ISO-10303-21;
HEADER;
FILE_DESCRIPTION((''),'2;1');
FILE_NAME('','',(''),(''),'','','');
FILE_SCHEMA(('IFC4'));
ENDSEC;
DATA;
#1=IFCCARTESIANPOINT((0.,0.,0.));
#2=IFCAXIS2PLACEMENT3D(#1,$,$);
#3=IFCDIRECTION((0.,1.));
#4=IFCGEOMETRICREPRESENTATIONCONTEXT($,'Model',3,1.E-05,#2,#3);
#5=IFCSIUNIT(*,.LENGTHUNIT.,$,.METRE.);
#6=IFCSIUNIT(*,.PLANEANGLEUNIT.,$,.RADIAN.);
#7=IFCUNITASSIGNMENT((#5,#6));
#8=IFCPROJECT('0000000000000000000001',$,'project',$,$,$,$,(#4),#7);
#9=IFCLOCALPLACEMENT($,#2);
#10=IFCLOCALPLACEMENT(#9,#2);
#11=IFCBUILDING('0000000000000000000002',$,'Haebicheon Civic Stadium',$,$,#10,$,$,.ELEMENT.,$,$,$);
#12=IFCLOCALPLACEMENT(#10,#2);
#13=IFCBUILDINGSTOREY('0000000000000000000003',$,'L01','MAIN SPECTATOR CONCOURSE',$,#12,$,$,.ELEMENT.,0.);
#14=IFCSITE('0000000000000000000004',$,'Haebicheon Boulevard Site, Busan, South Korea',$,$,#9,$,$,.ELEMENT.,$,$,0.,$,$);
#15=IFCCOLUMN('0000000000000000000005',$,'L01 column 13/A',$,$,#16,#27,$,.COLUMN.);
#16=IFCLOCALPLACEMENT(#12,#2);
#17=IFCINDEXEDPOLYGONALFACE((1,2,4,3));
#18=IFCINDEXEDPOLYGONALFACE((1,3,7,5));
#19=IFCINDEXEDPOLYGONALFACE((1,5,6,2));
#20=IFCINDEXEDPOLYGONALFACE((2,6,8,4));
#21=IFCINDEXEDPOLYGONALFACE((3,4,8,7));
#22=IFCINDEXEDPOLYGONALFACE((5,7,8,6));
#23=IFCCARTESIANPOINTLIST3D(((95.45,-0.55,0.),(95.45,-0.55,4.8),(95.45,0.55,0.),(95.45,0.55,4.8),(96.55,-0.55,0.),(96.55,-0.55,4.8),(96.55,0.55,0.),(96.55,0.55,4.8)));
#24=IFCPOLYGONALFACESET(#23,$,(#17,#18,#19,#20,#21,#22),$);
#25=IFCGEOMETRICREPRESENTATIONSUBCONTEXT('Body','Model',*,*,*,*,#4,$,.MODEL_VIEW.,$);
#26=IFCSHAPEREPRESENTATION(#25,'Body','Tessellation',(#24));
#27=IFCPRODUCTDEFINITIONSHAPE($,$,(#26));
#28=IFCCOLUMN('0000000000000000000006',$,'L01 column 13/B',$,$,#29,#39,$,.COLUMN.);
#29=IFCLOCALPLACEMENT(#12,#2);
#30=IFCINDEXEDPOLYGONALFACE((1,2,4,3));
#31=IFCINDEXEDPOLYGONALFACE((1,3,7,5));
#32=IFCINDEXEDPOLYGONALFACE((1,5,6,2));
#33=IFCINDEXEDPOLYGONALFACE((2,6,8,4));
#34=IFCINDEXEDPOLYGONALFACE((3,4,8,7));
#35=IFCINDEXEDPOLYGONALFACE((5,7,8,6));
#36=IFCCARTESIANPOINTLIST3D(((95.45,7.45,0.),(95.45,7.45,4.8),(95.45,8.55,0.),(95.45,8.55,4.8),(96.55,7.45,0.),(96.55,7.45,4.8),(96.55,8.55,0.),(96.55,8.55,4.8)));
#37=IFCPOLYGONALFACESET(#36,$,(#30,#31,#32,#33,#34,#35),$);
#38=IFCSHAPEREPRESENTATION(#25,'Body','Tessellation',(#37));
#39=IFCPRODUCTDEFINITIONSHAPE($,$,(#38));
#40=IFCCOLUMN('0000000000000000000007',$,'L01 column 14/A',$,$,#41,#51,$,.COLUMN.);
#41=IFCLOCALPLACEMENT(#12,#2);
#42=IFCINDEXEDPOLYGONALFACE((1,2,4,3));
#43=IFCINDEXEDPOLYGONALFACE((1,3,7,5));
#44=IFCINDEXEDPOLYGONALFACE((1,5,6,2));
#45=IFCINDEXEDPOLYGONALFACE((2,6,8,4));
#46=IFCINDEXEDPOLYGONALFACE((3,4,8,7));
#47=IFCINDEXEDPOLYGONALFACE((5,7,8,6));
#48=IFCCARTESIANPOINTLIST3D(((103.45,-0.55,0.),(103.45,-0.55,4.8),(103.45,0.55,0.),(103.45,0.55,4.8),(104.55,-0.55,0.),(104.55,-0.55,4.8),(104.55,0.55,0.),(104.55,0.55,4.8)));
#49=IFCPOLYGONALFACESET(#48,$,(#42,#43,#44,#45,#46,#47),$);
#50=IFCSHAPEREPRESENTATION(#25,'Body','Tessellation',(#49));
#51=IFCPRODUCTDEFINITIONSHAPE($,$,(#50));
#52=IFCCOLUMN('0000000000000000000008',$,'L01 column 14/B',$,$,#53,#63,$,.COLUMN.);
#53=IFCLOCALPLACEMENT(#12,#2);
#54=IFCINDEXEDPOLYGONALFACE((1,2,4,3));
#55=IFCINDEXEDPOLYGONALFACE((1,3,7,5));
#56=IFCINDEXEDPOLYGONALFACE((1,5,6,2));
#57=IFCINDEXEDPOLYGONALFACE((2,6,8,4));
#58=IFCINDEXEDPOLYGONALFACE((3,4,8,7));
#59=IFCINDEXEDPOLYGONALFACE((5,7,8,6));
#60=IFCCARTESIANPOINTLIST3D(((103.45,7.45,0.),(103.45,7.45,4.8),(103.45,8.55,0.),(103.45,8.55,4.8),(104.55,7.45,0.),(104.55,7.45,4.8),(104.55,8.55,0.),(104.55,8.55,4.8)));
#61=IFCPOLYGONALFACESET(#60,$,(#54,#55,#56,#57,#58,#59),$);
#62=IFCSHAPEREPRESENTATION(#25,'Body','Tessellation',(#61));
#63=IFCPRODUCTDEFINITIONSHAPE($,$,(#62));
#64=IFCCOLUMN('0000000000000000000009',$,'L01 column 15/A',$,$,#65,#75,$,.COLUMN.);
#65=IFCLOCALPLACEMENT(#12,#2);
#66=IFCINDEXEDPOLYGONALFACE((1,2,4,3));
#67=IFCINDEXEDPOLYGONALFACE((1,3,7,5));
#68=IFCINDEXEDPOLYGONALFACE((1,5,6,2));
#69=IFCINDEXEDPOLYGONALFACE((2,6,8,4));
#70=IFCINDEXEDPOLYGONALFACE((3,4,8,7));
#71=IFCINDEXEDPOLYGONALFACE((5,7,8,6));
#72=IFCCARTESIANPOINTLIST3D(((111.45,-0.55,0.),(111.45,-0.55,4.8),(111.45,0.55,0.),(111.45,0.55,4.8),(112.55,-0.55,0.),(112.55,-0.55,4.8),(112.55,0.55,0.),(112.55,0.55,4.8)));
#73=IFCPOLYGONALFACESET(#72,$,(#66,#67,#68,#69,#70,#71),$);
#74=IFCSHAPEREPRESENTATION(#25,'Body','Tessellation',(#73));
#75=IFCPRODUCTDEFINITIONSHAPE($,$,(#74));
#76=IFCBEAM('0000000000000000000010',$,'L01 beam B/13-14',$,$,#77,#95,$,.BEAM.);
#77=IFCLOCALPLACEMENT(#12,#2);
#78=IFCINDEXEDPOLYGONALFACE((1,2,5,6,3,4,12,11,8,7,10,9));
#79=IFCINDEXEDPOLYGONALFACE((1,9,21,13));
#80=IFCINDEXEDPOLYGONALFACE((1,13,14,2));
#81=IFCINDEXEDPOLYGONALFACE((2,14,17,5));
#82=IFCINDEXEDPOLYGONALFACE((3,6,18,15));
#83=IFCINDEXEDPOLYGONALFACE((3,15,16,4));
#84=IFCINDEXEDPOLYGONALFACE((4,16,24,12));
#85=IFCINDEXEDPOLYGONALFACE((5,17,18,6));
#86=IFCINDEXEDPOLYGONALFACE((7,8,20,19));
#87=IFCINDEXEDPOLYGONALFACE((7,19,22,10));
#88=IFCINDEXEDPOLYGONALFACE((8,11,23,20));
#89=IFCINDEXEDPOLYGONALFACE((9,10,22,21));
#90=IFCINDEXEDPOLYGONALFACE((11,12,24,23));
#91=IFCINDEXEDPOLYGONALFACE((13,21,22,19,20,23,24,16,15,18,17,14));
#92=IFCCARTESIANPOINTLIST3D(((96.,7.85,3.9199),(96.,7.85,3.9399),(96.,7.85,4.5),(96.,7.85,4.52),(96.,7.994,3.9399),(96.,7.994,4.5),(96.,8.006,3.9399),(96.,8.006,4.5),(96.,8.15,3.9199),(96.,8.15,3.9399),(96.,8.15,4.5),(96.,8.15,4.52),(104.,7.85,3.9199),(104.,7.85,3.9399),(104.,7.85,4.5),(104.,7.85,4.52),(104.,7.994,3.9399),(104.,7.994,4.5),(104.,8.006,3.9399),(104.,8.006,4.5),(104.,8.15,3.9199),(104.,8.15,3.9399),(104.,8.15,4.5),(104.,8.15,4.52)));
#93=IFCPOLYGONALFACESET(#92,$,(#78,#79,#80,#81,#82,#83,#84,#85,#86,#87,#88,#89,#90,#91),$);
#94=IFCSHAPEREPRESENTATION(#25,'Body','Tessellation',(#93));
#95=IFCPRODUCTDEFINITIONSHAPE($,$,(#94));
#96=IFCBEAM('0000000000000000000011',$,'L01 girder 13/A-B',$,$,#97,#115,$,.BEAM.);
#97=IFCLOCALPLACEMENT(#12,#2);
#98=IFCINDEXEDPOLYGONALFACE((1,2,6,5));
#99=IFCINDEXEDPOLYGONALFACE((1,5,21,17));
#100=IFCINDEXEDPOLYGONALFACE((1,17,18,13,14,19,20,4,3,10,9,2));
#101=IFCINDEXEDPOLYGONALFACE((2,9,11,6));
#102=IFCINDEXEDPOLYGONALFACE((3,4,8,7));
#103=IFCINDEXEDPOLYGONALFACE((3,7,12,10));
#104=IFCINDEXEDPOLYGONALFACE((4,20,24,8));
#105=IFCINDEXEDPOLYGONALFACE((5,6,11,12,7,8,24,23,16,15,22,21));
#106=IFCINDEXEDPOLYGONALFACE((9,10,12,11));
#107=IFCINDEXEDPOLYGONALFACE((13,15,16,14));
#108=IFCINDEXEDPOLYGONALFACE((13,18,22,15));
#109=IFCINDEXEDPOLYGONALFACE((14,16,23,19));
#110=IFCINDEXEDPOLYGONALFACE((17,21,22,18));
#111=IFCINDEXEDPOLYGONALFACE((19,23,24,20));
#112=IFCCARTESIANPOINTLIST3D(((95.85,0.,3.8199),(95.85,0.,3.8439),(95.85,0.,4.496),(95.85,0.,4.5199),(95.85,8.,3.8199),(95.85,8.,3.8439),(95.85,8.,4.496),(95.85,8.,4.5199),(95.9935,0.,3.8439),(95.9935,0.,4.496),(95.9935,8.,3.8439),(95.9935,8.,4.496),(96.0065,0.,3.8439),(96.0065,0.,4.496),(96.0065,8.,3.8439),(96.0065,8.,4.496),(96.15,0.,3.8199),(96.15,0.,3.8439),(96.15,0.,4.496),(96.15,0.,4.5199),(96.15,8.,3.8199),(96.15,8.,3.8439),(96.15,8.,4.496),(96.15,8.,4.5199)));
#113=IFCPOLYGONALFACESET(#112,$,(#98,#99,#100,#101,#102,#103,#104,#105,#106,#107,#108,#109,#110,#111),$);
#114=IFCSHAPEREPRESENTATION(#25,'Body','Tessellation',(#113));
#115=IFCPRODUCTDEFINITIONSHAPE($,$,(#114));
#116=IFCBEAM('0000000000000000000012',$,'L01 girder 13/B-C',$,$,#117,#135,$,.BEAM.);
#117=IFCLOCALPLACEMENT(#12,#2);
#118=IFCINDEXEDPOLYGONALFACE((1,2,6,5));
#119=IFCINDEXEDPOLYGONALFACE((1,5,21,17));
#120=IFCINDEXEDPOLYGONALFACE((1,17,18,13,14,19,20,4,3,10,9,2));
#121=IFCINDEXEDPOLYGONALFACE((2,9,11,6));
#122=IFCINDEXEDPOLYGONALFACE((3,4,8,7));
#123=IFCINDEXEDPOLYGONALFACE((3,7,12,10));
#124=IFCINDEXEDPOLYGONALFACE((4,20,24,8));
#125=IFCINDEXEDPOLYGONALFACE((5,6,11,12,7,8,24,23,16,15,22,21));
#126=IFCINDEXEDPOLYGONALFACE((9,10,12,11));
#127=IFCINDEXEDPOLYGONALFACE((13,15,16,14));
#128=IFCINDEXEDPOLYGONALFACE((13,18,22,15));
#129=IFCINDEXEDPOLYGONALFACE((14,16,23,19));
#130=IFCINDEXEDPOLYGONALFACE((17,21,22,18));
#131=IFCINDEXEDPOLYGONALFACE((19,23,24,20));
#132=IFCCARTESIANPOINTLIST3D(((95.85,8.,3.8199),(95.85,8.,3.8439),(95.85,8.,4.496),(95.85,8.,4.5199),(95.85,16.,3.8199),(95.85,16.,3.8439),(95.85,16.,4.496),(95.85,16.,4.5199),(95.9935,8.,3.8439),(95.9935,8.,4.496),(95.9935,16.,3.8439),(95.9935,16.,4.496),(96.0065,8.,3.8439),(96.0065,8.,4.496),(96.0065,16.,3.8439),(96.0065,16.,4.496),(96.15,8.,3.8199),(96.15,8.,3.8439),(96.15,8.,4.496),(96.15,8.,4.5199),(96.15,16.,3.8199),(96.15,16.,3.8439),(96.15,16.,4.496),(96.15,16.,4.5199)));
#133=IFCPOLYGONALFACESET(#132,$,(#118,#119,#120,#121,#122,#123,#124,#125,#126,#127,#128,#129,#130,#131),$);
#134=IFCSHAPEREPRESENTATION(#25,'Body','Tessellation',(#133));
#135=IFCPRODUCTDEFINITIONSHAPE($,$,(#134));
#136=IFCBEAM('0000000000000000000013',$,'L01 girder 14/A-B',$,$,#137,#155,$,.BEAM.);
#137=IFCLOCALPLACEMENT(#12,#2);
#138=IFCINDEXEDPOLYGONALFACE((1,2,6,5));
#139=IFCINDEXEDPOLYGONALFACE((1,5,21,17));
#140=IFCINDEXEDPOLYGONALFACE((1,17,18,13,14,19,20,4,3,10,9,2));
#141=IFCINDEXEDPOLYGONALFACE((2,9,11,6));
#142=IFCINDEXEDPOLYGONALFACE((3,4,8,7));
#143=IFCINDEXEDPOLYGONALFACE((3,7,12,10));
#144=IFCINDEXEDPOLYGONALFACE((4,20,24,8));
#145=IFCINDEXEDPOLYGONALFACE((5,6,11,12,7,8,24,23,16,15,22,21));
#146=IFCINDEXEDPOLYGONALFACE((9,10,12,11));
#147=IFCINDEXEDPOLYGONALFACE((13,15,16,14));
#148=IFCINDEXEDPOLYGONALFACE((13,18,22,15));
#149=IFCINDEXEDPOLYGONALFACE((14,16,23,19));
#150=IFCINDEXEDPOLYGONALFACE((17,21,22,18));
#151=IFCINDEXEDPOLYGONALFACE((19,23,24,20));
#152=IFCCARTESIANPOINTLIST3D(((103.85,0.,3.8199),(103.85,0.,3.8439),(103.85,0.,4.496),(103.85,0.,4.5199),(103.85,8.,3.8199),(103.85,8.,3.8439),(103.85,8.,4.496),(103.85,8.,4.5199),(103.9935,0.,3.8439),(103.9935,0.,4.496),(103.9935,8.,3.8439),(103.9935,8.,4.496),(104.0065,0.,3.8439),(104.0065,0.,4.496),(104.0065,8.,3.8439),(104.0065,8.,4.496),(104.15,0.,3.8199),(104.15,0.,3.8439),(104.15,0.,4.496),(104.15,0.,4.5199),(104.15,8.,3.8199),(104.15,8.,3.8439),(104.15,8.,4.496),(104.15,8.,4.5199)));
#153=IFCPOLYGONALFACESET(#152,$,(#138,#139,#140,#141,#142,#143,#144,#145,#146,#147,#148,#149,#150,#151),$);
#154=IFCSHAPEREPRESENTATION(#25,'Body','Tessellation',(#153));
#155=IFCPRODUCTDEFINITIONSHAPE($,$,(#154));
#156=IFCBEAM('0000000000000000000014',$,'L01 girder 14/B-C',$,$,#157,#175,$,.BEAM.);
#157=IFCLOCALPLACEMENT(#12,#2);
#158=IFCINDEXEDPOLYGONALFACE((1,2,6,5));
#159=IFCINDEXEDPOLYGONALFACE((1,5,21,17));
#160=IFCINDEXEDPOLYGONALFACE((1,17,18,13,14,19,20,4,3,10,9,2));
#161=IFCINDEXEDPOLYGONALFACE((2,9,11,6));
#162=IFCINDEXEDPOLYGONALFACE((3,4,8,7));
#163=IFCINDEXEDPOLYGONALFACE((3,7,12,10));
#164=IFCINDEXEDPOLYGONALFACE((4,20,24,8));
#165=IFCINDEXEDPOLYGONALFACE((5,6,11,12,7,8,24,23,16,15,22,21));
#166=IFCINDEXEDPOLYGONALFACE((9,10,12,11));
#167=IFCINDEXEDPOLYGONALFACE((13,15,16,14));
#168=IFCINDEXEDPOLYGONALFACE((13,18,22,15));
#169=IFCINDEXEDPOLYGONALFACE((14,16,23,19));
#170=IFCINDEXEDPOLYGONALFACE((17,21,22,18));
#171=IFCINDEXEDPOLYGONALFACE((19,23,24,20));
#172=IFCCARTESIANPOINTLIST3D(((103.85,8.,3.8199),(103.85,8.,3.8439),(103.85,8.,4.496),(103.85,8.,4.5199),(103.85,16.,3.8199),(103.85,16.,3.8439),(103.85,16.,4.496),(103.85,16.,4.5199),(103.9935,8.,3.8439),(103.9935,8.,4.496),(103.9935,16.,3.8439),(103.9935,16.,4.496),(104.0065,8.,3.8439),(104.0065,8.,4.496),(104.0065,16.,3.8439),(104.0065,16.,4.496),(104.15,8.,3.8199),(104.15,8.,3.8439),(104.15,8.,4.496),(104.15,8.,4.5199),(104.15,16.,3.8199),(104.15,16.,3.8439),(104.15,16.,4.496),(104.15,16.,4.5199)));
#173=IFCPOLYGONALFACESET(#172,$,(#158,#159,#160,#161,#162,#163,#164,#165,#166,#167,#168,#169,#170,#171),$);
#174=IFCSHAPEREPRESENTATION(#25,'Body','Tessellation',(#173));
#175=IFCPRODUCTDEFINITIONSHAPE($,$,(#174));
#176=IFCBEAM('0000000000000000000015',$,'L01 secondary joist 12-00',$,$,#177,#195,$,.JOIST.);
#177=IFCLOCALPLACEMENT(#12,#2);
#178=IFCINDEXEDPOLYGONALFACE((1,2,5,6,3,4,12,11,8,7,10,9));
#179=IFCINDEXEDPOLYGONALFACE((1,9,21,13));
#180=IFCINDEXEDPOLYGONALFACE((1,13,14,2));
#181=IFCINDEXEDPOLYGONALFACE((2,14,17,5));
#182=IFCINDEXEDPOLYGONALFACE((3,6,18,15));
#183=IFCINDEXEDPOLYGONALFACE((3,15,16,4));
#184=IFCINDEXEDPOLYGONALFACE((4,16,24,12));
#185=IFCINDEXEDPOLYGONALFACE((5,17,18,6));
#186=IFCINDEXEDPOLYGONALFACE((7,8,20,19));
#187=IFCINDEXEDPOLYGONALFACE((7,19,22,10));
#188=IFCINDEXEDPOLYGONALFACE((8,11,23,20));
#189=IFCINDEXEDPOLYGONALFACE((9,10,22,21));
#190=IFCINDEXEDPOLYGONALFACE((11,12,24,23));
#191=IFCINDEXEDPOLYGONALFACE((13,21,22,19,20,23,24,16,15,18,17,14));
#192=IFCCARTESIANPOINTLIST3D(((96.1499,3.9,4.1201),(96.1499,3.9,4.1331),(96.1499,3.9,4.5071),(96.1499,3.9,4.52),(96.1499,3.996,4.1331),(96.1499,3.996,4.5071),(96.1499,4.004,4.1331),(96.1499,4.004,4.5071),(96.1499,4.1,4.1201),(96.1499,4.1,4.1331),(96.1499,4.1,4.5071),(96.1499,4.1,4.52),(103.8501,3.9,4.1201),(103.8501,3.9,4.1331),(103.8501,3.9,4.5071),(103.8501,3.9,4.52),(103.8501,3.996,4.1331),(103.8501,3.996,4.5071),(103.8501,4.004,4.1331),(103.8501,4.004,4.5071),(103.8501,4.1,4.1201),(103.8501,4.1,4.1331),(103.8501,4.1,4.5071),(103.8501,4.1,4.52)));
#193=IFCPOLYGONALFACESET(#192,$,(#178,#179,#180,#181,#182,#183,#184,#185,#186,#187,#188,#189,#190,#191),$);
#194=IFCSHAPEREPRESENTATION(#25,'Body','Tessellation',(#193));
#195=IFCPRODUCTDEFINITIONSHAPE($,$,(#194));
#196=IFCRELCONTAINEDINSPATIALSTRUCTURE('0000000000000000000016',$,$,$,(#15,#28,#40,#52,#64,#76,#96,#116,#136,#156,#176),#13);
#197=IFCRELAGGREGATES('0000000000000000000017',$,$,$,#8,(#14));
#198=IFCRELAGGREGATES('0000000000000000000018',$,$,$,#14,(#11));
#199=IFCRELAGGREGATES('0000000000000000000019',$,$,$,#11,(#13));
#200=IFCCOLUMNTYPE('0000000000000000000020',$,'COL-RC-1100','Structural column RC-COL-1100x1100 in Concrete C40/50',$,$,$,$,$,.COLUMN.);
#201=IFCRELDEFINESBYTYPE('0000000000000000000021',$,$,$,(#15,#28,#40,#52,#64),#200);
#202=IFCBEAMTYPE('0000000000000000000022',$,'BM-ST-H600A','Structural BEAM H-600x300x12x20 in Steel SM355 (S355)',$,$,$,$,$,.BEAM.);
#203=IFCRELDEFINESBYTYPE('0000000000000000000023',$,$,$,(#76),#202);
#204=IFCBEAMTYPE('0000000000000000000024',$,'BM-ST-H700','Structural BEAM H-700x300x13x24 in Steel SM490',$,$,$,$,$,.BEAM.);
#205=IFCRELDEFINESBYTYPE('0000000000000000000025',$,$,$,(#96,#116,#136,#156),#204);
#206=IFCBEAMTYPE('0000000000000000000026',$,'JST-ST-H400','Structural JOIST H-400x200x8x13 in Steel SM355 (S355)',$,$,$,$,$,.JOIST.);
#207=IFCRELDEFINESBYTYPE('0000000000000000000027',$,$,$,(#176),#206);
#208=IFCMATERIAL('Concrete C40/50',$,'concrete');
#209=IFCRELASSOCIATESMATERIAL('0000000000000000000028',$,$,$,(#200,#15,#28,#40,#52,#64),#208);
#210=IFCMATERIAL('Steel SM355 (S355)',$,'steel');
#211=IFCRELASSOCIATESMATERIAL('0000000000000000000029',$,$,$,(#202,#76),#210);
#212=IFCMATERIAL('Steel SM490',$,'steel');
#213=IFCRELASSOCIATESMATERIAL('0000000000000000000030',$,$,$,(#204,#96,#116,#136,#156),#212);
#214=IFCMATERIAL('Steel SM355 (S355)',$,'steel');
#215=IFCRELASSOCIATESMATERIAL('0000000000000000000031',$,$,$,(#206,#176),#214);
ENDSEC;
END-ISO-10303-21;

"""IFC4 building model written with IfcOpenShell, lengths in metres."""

from ifc_helpers import new_model, si_unit, direction, frame, origin, origin_2d, place, context, subcontext, project, spatial, rectangle, i_section, extrude, material, material_profile, profile_set, type_object, element, save


model = new_model("IFC4")

# Units and contexts
model_context = context("Model", 3, precision=1e-05, world=origin(), true_north=direction((0.0, 1.0)))
body_context = subcontext(model_context, "Body", "Model", "MODEL_VIEW")
ifc_project = project(units=[si_unit("LENGTHUNIT", "METRE"), si_unit("PLANEANGLEUNIT", "RADIAN")], contexts=[model_context])

# Site, building, storey
site_placement = place(None, origin())
site = spatial("IfcSite", under=ifc_project, at=site_placement, Name="Haebicheon Boulevard Site, Busan, South Korea", CompositionType="ELEMENT", RefElevation=0.0)
building_placement = place(site_placement, origin())
building = spatial("IfcBuilding", under=site, at=building_placement, Name="Haebicheon Civic Stadium", CompositionType="ELEMENT")
storey_placement = place(building_placement, origin())
storey = spatial("IfcBuildingStorey", under=building, at=storey_placement, Name="L01", Description="MAIN SPECTATOR CONCOURSE", CompositionType="ELEMENT", Elevation=0.0)

# Columns
ifc_material_1 = material(Name="Concrete C40/50", Category="concrete")
ifc_material_profile_1 = material_profile(ifc_material_1, rectangle(XDim=1.1001, YDim=1.1001, at=origin_2d()), Name="RC-COL-1100x1100")
ifc_profile_set_1 = profile_set([ifc_material_profile_1], Name="Concrete C40/50")
column_type = type_object("IfcColumnType", Name="COL-RC-1100", Description="Structural column RC-COL-1100x1100 in Concrete C40/50", PredefinedType="COLUMN", material=ifc_profile_set_1)
for number, where, z_axis, x_axis, name in (
    (1, (96.0, 0.0, 0.0), (0.0, 0.0, 1.0), (1.0, 0.0, 0.0), "L01 column 13/A"),
    (2, (96.0, 8.0, 0.0), (0.0, 0.0, 1.0), (1.0, 0.0, 0.0), "L01 column 13/B"),
    (3, (104.0, 0.0, 0.0), (0.0, 0.0, 1.0), (1.0, 0.0, 0.0), "L01 column 14/A"),
    (4, (104.0, 8.0, 0.0), (0.0, 0.0, 1.0), (1.0, 0.0, 0.0), "L01 column 14/B"),
    (5, (112.0, 0.0, 0.0), (0.0, 0.0, 1.0), (1.0, 0.0, 0.0), "L01 column 15/A"),
):
    element("IfcColumn", number, at=place(storey_placement, frame(where, z_axis=z_axis, x_axis=x_axis)), inside=storey, type_object=column_type, material=ifc_profile_set_1, Name=name, PredefinedType="COLUMN", context=body_context, shape_type="SweptSolid", body=[
        extrude(rectangle(XDim=1.1001, YDim=1.1001, at=origin_2d()), origin(), (0.0, 0.0, 1.0), 4.8),
    ])

# Beams
ifc_material_2 = material(Name="Steel SM355 (S355)", Category="steel")
ifc_material_profile_2 = material_profile(ifc_material_2, i_section(OverallWidth=0.3, OverallDepth=0.6001, WebThickness=0.012, FlangeThickness=0.02, at=origin_2d()), Name="H-600x300x12x20")
ifc_profile_set_2 = profile_set([ifc_material_profile_2], Name="Steel SM355 (S355)")
beam_type_1 = type_object("IfcBeamType", Name="BM-ST-H600A", Description="Structural BEAM H-600x300x12x20 in Steel SM355 (S355)", PredefinedType="BEAM", material=ifc_profile_set_2)
beam_placement = place(storey_placement, frame((96.0, 8.0, 4.22), z_axis=(1.0, 0.0, 0.0), x_axis=(0.0, 1.0, 0.0)))
element("IfcBeam", 6, at=beam_placement, inside=storey, type_object=beam_type_1, material=ifc_profile_set_2, Name="L01 beam B/13-14", PredefinedType="BEAM", context=body_context, shape_type="SweptSolid", body=[
    extrude(i_section(OverallWidth=0.3, OverallDepth=0.6001, WebThickness=0.012, FlangeThickness=0.02, at=origin_2d()), origin(), (0.0, 0.0, 1.0), 8.0),
])
ifc_material_3 = material(Name="Steel SM490", Category="steel")
ifc_material_profile_3 = material_profile(ifc_material_3, i_section(OverallWidth=0.3, OverallDepth=0.7, WebThickness=0.0129, FlangeThickness=0.0239, at=origin_2d()), Name="H-700x300x13x24")
ifc_profile_set_3 = profile_set([ifc_material_profile_3], Name="Steel SM490")
beam_type_2 = type_object("IfcBeamType", Name="BM-ST-H700", Description="Structural BEAM H-700x300x13x24 in Steel SM490", PredefinedType="BEAM", material=ifc_profile_set_3)
for number, where, z_axis, x_axis, name in (
    (7, (96.0, 0.0, 4.1699), (0.0, 1.0, 0.0), (-1.0, 0.0, 0.0), "L01 girder 13/A-B"),
    (8, (96.0, 8.0, 4.1699), (0.0, 1.0, 0.0), (-1.0, 0.0, 0.0), "L01 girder 13/B-C"),
    (9, (104.0, 0.0, 4.1699), (0.0, 1.0, 0.0), (-1.0, 0.0, 0.0), "L01 girder 14/A-B"),
    (10, (104.0, 8.0, 4.1699), (0.0, 1.0, 0.0), (-1.0, 0.0, 0.0), "L01 girder 14/B-C"),
):
    element("IfcBeam", number, at=place(storey_placement, frame(where, z_axis=z_axis, x_axis=x_axis)), inside=storey, type_object=beam_type_2, material=ifc_profile_set_3, Name=name, PredefinedType="BEAM", context=body_context, shape_type="SweptSolid", body=[
        extrude(i_section(OverallWidth=0.3, OverallDepth=0.7, WebThickness=0.0129, FlangeThickness=0.0239, at=origin_2d()), origin(), (0.0, 0.0, 1.0), 8.0),
    ])
ifc_material_4 = material(Name="Steel SM355 (S355)", Category="steel")
ifc_material_profile_4 = material_profile(ifc_material_4, i_section(OverallWidth=0.2, OverallDepth=0.3999, WebThickness=0.0081, FlangeThickness=0.0129, at=origin_2d()), Name="H-400x200x8x13")
ifc_profile_set_4 = profile_set([ifc_material_profile_4], Name="Steel SM355 (S355)")
beam_type_3 = type_object("IfcBeamType", Name="JST-ST-H400", Description="Structural JOIST H-400x200x8x13 in Steel SM355 (S355)", PredefinedType="JOIST", material=ifc_profile_set_4)
for number, where, z_axis, x_axis, name in (
    (11, (96.1499, 4.0, 4.3201), (1.0, 0.0, 0.0), (0.0, 1.0, 0.0), "L01 secondary joist 12-00"),
):
    element("IfcBeam", number, at=place(storey_placement, frame(where, z_axis=z_axis, x_axis=x_axis)), inside=storey, type_object=beam_type_3, material=ifc_profile_set_4, Name=name, PredefinedType="JOIST", context=body_context, shape_type="SweptSolid", body=[
        extrude(i_section(OverallWidth=0.2, OverallDepth=0.3999, WebThickness=0.0081, FlangeThickness=0.0129, at=origin_2d()), origin(), (0.0, 0.0, 1.0), 7.7002),
    ])

save(model, "model.ifc")
